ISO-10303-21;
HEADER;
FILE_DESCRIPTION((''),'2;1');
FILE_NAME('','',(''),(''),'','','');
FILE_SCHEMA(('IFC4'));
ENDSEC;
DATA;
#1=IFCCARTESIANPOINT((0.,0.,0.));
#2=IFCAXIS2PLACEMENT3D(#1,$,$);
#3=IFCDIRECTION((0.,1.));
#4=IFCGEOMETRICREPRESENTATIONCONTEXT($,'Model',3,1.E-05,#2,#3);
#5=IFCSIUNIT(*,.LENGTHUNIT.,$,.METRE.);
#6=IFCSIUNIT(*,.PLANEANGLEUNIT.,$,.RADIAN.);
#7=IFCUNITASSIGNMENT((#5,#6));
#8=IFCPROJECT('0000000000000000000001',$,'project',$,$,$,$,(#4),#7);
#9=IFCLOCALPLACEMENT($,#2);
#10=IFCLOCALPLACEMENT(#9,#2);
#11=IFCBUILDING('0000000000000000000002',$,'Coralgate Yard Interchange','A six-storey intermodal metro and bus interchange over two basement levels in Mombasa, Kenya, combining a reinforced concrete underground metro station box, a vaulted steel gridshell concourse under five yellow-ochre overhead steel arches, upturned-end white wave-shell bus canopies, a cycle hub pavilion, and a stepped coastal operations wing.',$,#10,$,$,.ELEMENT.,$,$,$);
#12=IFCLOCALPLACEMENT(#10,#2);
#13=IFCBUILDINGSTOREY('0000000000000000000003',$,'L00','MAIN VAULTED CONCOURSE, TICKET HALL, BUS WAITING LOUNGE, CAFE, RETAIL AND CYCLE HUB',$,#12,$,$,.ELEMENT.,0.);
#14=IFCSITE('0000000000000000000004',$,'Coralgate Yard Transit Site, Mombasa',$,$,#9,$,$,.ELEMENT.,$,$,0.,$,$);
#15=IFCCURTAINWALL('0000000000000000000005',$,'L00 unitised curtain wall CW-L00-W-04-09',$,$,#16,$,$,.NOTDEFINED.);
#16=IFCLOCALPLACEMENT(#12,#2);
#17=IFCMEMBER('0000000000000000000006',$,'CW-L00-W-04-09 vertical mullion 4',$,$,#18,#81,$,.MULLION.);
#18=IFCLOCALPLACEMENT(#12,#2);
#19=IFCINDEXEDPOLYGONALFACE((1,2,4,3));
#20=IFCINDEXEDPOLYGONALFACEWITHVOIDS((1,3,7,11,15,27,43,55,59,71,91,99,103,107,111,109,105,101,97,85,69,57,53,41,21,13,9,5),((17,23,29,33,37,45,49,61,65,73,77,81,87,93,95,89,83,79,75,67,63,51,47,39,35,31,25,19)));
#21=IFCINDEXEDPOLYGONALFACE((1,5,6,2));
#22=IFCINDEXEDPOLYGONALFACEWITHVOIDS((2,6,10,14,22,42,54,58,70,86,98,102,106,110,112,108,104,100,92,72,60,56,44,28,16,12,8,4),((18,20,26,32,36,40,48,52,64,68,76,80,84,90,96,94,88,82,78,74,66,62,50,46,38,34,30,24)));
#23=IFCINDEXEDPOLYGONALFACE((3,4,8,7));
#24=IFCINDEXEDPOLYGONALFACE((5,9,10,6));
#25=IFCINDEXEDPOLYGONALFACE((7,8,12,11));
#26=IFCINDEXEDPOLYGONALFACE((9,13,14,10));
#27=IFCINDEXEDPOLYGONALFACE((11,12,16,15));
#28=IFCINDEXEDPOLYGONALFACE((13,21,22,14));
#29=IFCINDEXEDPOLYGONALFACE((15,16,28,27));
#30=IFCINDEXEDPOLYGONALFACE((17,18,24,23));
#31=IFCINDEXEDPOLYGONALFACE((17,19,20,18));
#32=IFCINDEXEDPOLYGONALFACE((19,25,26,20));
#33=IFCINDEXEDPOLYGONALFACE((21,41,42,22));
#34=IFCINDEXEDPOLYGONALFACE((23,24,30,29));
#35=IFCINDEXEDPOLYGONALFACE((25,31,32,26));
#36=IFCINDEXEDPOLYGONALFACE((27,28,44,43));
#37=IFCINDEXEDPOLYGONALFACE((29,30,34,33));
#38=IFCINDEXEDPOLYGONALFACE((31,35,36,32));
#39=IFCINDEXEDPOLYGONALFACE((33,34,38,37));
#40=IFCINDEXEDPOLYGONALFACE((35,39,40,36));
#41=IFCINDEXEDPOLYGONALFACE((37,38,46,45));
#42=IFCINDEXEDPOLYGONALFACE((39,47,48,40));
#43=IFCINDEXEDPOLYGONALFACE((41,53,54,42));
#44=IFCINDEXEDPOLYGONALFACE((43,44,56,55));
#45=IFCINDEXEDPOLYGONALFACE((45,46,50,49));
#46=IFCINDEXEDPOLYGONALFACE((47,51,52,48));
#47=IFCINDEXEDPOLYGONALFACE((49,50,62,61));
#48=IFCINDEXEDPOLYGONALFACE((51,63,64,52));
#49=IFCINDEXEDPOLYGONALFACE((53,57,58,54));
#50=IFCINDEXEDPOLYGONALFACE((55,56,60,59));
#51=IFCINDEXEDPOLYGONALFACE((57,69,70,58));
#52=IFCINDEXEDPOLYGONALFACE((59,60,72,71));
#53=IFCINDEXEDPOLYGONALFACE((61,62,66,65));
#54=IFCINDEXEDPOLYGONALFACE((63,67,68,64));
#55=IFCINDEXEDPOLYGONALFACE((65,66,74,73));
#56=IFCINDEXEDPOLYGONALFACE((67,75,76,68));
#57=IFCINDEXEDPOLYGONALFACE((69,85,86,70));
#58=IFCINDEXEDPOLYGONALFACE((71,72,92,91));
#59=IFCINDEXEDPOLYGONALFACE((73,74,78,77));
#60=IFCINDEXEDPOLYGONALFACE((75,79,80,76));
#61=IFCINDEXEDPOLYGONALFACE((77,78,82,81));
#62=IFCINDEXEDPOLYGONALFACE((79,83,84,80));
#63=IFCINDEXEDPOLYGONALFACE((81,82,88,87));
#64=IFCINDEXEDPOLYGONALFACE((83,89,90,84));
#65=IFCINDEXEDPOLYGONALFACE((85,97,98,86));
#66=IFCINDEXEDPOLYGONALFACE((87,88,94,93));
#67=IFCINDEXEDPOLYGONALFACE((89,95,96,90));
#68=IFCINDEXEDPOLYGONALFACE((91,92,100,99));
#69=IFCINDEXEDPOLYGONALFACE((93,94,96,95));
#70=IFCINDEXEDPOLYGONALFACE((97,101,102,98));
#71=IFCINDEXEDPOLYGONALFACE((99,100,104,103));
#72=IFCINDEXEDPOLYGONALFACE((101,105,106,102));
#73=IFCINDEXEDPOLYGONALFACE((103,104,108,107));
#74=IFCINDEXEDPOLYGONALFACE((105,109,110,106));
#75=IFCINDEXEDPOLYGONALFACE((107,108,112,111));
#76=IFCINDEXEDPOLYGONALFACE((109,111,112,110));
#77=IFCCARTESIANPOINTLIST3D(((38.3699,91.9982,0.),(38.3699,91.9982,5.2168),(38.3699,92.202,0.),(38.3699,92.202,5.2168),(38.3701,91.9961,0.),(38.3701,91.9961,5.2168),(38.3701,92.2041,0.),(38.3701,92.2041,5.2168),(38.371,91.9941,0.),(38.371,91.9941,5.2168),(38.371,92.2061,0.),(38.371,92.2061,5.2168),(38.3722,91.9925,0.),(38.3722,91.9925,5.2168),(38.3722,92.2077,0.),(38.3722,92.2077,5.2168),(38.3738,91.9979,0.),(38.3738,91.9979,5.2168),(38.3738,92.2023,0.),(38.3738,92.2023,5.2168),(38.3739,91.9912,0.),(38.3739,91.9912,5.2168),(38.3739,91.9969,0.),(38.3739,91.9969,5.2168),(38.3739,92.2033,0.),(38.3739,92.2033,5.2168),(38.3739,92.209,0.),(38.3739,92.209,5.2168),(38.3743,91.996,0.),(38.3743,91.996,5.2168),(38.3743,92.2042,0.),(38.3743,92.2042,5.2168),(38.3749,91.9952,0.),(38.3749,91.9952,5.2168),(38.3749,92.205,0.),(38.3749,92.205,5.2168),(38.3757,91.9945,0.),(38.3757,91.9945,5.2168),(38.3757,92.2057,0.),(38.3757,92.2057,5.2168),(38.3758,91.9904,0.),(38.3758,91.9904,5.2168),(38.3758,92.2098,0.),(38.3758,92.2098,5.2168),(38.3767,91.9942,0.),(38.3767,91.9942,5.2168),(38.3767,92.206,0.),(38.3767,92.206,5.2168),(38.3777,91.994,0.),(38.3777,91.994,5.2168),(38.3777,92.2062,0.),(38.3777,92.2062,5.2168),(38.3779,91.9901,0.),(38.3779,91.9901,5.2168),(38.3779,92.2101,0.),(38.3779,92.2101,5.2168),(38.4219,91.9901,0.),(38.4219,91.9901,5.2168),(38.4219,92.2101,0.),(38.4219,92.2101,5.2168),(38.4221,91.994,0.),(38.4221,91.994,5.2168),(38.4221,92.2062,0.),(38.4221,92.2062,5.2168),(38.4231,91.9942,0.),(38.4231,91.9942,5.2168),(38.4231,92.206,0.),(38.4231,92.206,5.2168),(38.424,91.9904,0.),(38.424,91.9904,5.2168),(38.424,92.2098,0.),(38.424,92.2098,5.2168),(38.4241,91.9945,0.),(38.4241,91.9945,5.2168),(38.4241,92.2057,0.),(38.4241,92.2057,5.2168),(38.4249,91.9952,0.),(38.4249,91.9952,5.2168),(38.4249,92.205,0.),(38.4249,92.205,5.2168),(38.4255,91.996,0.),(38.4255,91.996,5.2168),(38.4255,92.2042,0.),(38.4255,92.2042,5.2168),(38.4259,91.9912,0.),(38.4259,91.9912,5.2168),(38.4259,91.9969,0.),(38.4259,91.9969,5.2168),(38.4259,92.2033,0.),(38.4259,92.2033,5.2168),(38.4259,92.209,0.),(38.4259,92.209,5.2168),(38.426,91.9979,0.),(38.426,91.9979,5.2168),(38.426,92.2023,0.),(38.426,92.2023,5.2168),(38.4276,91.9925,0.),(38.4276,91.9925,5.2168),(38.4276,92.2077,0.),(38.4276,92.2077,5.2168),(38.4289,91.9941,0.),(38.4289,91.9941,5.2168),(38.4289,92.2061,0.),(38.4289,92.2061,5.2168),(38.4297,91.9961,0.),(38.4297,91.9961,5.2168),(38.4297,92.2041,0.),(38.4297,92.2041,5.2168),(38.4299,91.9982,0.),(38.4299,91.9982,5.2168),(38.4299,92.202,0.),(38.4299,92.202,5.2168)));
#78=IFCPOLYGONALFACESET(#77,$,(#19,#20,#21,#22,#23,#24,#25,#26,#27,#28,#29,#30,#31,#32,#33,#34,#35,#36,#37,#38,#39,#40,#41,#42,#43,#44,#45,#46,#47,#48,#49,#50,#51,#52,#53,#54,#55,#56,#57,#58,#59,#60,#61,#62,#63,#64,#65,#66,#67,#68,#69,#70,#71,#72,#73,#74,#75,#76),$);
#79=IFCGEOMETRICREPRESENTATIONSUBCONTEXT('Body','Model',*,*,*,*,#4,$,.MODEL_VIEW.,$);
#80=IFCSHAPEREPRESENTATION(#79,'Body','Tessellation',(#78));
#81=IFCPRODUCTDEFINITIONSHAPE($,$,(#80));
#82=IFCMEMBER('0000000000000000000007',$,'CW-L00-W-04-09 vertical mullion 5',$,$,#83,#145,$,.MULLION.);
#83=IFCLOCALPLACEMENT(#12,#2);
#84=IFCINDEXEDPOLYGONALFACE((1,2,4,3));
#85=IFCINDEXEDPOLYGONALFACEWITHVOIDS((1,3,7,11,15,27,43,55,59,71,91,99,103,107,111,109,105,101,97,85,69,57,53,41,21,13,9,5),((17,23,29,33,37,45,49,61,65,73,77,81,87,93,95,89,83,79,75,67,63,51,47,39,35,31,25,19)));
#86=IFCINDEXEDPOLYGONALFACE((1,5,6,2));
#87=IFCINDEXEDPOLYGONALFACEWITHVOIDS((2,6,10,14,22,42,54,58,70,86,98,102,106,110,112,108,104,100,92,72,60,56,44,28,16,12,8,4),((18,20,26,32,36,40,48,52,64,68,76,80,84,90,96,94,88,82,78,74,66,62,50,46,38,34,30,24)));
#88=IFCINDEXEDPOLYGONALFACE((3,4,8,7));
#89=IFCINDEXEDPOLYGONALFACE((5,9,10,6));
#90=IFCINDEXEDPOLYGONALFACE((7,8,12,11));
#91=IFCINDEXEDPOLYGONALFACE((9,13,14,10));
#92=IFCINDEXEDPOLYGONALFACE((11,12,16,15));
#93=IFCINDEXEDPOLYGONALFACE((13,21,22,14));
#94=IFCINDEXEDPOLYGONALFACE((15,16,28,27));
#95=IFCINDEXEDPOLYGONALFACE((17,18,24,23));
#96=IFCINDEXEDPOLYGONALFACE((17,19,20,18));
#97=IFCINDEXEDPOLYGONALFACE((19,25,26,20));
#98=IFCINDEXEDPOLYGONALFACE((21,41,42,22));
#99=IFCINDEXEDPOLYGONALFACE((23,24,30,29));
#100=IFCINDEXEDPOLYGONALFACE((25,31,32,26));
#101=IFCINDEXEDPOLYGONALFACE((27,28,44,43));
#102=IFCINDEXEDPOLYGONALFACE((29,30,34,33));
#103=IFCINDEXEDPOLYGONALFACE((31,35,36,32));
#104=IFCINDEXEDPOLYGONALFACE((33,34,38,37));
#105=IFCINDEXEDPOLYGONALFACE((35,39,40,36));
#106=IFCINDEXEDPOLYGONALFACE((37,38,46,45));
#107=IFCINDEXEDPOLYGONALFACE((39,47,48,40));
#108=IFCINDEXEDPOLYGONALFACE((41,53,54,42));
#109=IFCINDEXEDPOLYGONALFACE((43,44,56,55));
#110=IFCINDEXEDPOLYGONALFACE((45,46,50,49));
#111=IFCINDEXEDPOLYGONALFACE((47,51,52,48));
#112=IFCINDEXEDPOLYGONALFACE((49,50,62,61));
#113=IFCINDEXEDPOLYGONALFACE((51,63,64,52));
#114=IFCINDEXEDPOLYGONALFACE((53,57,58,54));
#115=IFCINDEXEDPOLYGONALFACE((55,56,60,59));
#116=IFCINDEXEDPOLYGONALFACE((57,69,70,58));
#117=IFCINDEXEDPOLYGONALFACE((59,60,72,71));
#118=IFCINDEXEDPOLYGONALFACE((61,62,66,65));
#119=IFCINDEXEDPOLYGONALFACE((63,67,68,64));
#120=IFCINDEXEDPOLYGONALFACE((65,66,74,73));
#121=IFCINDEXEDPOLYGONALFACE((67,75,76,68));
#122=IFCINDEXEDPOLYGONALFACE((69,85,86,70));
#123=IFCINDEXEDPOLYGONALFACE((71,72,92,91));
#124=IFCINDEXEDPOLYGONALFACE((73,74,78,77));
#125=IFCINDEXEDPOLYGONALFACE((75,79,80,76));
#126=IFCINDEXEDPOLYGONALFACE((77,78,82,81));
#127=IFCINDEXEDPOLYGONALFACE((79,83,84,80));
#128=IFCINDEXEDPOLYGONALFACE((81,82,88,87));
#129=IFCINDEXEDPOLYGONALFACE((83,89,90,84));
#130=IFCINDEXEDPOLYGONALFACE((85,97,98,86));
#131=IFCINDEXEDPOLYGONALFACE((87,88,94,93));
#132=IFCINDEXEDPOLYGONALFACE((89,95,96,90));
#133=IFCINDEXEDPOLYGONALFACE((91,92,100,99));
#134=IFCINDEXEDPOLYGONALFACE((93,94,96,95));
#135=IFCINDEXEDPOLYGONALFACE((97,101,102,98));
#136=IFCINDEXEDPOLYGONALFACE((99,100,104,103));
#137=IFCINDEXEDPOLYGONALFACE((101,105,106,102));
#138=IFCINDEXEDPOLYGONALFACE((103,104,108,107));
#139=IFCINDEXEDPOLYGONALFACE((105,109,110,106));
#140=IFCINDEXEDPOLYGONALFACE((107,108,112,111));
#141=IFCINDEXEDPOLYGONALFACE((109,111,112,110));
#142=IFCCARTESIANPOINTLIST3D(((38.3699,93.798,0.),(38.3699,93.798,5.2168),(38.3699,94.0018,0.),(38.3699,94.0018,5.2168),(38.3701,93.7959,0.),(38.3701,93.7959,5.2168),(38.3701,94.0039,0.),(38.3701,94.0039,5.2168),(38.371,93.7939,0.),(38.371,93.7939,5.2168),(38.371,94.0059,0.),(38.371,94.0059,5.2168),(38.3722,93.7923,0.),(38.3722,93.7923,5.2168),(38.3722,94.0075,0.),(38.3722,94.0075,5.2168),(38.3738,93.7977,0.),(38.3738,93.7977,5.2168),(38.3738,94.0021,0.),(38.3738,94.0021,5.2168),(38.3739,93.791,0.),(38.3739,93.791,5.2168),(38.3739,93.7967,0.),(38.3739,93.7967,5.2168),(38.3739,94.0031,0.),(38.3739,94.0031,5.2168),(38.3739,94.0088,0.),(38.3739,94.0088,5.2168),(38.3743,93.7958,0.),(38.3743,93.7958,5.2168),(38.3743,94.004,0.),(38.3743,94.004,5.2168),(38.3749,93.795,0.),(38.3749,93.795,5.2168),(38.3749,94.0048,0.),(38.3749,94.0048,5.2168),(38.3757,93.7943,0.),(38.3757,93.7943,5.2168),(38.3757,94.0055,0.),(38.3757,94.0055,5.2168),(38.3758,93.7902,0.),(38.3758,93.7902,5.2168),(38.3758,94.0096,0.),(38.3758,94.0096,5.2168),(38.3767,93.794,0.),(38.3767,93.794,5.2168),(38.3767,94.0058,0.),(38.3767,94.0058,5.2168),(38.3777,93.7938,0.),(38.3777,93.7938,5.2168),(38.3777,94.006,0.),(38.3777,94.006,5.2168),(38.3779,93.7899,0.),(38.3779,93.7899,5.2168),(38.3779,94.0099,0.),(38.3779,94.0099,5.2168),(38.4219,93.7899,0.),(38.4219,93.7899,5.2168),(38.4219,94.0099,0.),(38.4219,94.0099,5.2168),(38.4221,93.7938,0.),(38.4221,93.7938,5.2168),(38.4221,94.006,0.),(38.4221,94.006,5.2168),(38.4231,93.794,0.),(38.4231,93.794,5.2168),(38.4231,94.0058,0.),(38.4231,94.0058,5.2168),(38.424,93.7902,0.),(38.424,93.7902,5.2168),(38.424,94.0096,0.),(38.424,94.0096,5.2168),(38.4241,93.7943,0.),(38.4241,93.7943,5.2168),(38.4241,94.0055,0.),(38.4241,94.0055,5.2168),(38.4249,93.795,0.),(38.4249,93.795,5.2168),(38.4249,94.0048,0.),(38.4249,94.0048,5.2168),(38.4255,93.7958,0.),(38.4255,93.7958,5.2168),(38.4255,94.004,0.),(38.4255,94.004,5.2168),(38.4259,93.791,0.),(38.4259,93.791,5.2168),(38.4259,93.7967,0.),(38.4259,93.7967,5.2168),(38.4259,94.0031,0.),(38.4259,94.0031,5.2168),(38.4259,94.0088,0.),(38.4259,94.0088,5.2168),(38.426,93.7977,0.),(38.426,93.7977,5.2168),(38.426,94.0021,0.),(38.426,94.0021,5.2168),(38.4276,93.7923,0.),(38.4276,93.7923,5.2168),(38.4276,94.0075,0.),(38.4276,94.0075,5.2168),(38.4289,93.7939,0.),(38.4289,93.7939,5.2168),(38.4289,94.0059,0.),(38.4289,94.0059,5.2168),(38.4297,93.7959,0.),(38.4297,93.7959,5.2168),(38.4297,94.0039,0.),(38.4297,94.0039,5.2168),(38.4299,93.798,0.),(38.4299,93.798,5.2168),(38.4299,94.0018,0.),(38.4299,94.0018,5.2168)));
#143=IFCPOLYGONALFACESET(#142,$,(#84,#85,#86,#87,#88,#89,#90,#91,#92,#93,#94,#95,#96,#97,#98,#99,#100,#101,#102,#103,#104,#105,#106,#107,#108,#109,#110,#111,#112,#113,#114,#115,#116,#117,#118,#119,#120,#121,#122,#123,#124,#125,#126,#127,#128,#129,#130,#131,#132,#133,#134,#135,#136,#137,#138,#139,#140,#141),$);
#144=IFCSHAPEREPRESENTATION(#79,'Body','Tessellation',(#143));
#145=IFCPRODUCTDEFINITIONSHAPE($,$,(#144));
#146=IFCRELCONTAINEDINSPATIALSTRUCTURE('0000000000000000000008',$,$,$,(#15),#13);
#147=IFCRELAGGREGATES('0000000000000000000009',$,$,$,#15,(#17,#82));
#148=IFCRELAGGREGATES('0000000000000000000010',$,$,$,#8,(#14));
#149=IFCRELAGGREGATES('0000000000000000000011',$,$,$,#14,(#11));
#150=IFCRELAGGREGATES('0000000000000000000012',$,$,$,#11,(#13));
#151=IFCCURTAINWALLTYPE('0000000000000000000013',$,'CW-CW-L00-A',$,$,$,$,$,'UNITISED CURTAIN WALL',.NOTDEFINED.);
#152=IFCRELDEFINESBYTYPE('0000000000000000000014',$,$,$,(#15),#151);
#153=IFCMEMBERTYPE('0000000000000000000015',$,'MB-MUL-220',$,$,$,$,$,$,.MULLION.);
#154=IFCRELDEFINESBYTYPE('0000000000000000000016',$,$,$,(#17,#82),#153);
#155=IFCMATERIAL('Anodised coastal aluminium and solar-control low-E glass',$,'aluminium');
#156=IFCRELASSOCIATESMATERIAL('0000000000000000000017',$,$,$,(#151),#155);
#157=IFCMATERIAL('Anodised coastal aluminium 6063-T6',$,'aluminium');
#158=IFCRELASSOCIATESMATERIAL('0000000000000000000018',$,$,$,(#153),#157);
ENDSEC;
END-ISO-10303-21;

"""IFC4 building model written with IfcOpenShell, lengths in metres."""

from ifc_helpers import new_model, si_unit, direction, frame, origin, origin_2d, place, context, subcontext, project, spatial, hollow_rectangle, extrude, material, material_profile, profile_set, type_object, element, aggregate, save


model = new_model("IFC4")

# Units and contexts
model_context = context("Model", 3, precision=1e-05, world=origin(), true_north=direction((0.0, 1.0)))
body_context = subcontext(model_context, "Body", "Model", "MODEL_VIEW")
ifc_project = project(units=[si_unit("LENGTHUNIT", "METRE"), si_unit("PLANEANGLEUNIT", "RADIAN")], contexts=[model_context])

# Site, building, storey
site_placement = place(None, origin())
site = spatial("IfcSite", under=ifc_project, at=site_placement, Name="Coralgate Yard Transit Site, Mombasa", CompositionType="ELEMENT", RefElevation=0.0)
building_placement = place(site_placement, origin())
building = spatial("IfcBuilding", under=site, at=building_placement, Name="Coralgate Yard Interchange", Description="A six-storey intermodal metro and bus interchange over two basement levels in Mombasa, Kenya, combining a reinforced concrete underground metro station box, a vaulted steel gridshell concourse under five yellow-ochre overhead steel arches, upturned-end white wave-shell bus canopies, a cycle hub pavilion, and a stepped coastal operations wing.", CompositionType="ELEMENT")
storey_placement = place(building_placement, origin())
storey = spatial("IfcBuildingStorey", under=building, at=storey_placement, Name="L00", Description="MAIN VAULTED CONCOURSE, TICKET HALL, BUS WAITING LOUNGE, CAFE, RETAIL AND CYCLE HUB", CompositionType="ELEMENT", Elevation=0.0)

# Curtain wall, members
ifc_material_1 = material(Name="Anodised coastal aluminium and solar-control low-E glass", Category="aluminium")
curtain_wall_type = type_object("IfcCurtainWallType", Name="CW-CW-L00-A", ElementType="UNITISED CURTAIN WALL", PredefinedType="NOTDEFINED", material=ifc_material_1)
curtain_wall_placement = place(storey_placement, origin())
curtain_wall = element("IfcCurtainWall", 1, at=curtain_wall_placement, inside=storey, type_object=curtain_wall_type, Name="L00 unitised curtain wall CW-L00-W-04-09", PredefinedType="NOTDEFINED")
ifc_material_2 = material(Name="Anodised coastal aluminium 6063-T6", Category="aluminium")
ifc_material_profile_1 = material_profile(ifc_material_2, hollow_rectangle(XDim=0.0601, YDim=0.22, WallThickness=0.0039, InnerFilletRadius=0.0039, OuterFilletRadius=0.0081, at=origin_2d()), Name="ALU 60x220x4")
ifc_profile_set_1 = profile_set([ifc_material_profile_1], Name="Anodised coastal aluminium 6063-T6")
member_type_1 = type_object("IfcMemberType", Name="MB-MUL-220", PredefinedType="MULLION", material=ifc_profile_set_1)
member_1_placement = place(storey_placement, frame((38.3999, 92.1001, 0.0), z_axis=(0.0, 0.0, 1.0), x_axis=(1.0, 0.0, 0.0)))
member_1 = element("IfcMember", 2, at=member_1_placement, type_object=member_type_1, Name="CW-L00-W-04-09 vertical mullion 4", PredefinedType="MULLION", context=body_context, shape_type="SweptSolid", body=[
    extrude(hollow_rectangle(XDim=0.0601, YDim=0.22, WallThickness=0.0039, InnerFilletRadius=0.0039, OuterFilletRadius=0.0081, at=origin_2d()), origin(), (0.0, 0.0, 1.0), 5.2168),
])
member_2_placement = place(storey_placement, frame((38.3999, 93.8999, 0.0), z_axis=(0.0, 0.0, 1.0), x_axis=(1.0, 0.0, 0.0)))
member_2 = element("IfcMember", 3, at=member_2_placement, type_object=member_type_1, Name="CW-L00-W-04-09 vertical mullion 5", PredefinedType="MULLION", context=body_context, shape_type="SweptSolid", body=[
    extrude(hollow_rectangle(XDim=0.0601, YDim=0.22, WallThickness=0.0039, InnerFilletRadius=0.0039, OuterFilletRadius=0.0081, at=origin_2d()), origin(), (0.0, 0.0, 1.0), 5.2168),
])
aggregate(curtain_wall, [member_1, member_2])

save(model, "model.ifc")
